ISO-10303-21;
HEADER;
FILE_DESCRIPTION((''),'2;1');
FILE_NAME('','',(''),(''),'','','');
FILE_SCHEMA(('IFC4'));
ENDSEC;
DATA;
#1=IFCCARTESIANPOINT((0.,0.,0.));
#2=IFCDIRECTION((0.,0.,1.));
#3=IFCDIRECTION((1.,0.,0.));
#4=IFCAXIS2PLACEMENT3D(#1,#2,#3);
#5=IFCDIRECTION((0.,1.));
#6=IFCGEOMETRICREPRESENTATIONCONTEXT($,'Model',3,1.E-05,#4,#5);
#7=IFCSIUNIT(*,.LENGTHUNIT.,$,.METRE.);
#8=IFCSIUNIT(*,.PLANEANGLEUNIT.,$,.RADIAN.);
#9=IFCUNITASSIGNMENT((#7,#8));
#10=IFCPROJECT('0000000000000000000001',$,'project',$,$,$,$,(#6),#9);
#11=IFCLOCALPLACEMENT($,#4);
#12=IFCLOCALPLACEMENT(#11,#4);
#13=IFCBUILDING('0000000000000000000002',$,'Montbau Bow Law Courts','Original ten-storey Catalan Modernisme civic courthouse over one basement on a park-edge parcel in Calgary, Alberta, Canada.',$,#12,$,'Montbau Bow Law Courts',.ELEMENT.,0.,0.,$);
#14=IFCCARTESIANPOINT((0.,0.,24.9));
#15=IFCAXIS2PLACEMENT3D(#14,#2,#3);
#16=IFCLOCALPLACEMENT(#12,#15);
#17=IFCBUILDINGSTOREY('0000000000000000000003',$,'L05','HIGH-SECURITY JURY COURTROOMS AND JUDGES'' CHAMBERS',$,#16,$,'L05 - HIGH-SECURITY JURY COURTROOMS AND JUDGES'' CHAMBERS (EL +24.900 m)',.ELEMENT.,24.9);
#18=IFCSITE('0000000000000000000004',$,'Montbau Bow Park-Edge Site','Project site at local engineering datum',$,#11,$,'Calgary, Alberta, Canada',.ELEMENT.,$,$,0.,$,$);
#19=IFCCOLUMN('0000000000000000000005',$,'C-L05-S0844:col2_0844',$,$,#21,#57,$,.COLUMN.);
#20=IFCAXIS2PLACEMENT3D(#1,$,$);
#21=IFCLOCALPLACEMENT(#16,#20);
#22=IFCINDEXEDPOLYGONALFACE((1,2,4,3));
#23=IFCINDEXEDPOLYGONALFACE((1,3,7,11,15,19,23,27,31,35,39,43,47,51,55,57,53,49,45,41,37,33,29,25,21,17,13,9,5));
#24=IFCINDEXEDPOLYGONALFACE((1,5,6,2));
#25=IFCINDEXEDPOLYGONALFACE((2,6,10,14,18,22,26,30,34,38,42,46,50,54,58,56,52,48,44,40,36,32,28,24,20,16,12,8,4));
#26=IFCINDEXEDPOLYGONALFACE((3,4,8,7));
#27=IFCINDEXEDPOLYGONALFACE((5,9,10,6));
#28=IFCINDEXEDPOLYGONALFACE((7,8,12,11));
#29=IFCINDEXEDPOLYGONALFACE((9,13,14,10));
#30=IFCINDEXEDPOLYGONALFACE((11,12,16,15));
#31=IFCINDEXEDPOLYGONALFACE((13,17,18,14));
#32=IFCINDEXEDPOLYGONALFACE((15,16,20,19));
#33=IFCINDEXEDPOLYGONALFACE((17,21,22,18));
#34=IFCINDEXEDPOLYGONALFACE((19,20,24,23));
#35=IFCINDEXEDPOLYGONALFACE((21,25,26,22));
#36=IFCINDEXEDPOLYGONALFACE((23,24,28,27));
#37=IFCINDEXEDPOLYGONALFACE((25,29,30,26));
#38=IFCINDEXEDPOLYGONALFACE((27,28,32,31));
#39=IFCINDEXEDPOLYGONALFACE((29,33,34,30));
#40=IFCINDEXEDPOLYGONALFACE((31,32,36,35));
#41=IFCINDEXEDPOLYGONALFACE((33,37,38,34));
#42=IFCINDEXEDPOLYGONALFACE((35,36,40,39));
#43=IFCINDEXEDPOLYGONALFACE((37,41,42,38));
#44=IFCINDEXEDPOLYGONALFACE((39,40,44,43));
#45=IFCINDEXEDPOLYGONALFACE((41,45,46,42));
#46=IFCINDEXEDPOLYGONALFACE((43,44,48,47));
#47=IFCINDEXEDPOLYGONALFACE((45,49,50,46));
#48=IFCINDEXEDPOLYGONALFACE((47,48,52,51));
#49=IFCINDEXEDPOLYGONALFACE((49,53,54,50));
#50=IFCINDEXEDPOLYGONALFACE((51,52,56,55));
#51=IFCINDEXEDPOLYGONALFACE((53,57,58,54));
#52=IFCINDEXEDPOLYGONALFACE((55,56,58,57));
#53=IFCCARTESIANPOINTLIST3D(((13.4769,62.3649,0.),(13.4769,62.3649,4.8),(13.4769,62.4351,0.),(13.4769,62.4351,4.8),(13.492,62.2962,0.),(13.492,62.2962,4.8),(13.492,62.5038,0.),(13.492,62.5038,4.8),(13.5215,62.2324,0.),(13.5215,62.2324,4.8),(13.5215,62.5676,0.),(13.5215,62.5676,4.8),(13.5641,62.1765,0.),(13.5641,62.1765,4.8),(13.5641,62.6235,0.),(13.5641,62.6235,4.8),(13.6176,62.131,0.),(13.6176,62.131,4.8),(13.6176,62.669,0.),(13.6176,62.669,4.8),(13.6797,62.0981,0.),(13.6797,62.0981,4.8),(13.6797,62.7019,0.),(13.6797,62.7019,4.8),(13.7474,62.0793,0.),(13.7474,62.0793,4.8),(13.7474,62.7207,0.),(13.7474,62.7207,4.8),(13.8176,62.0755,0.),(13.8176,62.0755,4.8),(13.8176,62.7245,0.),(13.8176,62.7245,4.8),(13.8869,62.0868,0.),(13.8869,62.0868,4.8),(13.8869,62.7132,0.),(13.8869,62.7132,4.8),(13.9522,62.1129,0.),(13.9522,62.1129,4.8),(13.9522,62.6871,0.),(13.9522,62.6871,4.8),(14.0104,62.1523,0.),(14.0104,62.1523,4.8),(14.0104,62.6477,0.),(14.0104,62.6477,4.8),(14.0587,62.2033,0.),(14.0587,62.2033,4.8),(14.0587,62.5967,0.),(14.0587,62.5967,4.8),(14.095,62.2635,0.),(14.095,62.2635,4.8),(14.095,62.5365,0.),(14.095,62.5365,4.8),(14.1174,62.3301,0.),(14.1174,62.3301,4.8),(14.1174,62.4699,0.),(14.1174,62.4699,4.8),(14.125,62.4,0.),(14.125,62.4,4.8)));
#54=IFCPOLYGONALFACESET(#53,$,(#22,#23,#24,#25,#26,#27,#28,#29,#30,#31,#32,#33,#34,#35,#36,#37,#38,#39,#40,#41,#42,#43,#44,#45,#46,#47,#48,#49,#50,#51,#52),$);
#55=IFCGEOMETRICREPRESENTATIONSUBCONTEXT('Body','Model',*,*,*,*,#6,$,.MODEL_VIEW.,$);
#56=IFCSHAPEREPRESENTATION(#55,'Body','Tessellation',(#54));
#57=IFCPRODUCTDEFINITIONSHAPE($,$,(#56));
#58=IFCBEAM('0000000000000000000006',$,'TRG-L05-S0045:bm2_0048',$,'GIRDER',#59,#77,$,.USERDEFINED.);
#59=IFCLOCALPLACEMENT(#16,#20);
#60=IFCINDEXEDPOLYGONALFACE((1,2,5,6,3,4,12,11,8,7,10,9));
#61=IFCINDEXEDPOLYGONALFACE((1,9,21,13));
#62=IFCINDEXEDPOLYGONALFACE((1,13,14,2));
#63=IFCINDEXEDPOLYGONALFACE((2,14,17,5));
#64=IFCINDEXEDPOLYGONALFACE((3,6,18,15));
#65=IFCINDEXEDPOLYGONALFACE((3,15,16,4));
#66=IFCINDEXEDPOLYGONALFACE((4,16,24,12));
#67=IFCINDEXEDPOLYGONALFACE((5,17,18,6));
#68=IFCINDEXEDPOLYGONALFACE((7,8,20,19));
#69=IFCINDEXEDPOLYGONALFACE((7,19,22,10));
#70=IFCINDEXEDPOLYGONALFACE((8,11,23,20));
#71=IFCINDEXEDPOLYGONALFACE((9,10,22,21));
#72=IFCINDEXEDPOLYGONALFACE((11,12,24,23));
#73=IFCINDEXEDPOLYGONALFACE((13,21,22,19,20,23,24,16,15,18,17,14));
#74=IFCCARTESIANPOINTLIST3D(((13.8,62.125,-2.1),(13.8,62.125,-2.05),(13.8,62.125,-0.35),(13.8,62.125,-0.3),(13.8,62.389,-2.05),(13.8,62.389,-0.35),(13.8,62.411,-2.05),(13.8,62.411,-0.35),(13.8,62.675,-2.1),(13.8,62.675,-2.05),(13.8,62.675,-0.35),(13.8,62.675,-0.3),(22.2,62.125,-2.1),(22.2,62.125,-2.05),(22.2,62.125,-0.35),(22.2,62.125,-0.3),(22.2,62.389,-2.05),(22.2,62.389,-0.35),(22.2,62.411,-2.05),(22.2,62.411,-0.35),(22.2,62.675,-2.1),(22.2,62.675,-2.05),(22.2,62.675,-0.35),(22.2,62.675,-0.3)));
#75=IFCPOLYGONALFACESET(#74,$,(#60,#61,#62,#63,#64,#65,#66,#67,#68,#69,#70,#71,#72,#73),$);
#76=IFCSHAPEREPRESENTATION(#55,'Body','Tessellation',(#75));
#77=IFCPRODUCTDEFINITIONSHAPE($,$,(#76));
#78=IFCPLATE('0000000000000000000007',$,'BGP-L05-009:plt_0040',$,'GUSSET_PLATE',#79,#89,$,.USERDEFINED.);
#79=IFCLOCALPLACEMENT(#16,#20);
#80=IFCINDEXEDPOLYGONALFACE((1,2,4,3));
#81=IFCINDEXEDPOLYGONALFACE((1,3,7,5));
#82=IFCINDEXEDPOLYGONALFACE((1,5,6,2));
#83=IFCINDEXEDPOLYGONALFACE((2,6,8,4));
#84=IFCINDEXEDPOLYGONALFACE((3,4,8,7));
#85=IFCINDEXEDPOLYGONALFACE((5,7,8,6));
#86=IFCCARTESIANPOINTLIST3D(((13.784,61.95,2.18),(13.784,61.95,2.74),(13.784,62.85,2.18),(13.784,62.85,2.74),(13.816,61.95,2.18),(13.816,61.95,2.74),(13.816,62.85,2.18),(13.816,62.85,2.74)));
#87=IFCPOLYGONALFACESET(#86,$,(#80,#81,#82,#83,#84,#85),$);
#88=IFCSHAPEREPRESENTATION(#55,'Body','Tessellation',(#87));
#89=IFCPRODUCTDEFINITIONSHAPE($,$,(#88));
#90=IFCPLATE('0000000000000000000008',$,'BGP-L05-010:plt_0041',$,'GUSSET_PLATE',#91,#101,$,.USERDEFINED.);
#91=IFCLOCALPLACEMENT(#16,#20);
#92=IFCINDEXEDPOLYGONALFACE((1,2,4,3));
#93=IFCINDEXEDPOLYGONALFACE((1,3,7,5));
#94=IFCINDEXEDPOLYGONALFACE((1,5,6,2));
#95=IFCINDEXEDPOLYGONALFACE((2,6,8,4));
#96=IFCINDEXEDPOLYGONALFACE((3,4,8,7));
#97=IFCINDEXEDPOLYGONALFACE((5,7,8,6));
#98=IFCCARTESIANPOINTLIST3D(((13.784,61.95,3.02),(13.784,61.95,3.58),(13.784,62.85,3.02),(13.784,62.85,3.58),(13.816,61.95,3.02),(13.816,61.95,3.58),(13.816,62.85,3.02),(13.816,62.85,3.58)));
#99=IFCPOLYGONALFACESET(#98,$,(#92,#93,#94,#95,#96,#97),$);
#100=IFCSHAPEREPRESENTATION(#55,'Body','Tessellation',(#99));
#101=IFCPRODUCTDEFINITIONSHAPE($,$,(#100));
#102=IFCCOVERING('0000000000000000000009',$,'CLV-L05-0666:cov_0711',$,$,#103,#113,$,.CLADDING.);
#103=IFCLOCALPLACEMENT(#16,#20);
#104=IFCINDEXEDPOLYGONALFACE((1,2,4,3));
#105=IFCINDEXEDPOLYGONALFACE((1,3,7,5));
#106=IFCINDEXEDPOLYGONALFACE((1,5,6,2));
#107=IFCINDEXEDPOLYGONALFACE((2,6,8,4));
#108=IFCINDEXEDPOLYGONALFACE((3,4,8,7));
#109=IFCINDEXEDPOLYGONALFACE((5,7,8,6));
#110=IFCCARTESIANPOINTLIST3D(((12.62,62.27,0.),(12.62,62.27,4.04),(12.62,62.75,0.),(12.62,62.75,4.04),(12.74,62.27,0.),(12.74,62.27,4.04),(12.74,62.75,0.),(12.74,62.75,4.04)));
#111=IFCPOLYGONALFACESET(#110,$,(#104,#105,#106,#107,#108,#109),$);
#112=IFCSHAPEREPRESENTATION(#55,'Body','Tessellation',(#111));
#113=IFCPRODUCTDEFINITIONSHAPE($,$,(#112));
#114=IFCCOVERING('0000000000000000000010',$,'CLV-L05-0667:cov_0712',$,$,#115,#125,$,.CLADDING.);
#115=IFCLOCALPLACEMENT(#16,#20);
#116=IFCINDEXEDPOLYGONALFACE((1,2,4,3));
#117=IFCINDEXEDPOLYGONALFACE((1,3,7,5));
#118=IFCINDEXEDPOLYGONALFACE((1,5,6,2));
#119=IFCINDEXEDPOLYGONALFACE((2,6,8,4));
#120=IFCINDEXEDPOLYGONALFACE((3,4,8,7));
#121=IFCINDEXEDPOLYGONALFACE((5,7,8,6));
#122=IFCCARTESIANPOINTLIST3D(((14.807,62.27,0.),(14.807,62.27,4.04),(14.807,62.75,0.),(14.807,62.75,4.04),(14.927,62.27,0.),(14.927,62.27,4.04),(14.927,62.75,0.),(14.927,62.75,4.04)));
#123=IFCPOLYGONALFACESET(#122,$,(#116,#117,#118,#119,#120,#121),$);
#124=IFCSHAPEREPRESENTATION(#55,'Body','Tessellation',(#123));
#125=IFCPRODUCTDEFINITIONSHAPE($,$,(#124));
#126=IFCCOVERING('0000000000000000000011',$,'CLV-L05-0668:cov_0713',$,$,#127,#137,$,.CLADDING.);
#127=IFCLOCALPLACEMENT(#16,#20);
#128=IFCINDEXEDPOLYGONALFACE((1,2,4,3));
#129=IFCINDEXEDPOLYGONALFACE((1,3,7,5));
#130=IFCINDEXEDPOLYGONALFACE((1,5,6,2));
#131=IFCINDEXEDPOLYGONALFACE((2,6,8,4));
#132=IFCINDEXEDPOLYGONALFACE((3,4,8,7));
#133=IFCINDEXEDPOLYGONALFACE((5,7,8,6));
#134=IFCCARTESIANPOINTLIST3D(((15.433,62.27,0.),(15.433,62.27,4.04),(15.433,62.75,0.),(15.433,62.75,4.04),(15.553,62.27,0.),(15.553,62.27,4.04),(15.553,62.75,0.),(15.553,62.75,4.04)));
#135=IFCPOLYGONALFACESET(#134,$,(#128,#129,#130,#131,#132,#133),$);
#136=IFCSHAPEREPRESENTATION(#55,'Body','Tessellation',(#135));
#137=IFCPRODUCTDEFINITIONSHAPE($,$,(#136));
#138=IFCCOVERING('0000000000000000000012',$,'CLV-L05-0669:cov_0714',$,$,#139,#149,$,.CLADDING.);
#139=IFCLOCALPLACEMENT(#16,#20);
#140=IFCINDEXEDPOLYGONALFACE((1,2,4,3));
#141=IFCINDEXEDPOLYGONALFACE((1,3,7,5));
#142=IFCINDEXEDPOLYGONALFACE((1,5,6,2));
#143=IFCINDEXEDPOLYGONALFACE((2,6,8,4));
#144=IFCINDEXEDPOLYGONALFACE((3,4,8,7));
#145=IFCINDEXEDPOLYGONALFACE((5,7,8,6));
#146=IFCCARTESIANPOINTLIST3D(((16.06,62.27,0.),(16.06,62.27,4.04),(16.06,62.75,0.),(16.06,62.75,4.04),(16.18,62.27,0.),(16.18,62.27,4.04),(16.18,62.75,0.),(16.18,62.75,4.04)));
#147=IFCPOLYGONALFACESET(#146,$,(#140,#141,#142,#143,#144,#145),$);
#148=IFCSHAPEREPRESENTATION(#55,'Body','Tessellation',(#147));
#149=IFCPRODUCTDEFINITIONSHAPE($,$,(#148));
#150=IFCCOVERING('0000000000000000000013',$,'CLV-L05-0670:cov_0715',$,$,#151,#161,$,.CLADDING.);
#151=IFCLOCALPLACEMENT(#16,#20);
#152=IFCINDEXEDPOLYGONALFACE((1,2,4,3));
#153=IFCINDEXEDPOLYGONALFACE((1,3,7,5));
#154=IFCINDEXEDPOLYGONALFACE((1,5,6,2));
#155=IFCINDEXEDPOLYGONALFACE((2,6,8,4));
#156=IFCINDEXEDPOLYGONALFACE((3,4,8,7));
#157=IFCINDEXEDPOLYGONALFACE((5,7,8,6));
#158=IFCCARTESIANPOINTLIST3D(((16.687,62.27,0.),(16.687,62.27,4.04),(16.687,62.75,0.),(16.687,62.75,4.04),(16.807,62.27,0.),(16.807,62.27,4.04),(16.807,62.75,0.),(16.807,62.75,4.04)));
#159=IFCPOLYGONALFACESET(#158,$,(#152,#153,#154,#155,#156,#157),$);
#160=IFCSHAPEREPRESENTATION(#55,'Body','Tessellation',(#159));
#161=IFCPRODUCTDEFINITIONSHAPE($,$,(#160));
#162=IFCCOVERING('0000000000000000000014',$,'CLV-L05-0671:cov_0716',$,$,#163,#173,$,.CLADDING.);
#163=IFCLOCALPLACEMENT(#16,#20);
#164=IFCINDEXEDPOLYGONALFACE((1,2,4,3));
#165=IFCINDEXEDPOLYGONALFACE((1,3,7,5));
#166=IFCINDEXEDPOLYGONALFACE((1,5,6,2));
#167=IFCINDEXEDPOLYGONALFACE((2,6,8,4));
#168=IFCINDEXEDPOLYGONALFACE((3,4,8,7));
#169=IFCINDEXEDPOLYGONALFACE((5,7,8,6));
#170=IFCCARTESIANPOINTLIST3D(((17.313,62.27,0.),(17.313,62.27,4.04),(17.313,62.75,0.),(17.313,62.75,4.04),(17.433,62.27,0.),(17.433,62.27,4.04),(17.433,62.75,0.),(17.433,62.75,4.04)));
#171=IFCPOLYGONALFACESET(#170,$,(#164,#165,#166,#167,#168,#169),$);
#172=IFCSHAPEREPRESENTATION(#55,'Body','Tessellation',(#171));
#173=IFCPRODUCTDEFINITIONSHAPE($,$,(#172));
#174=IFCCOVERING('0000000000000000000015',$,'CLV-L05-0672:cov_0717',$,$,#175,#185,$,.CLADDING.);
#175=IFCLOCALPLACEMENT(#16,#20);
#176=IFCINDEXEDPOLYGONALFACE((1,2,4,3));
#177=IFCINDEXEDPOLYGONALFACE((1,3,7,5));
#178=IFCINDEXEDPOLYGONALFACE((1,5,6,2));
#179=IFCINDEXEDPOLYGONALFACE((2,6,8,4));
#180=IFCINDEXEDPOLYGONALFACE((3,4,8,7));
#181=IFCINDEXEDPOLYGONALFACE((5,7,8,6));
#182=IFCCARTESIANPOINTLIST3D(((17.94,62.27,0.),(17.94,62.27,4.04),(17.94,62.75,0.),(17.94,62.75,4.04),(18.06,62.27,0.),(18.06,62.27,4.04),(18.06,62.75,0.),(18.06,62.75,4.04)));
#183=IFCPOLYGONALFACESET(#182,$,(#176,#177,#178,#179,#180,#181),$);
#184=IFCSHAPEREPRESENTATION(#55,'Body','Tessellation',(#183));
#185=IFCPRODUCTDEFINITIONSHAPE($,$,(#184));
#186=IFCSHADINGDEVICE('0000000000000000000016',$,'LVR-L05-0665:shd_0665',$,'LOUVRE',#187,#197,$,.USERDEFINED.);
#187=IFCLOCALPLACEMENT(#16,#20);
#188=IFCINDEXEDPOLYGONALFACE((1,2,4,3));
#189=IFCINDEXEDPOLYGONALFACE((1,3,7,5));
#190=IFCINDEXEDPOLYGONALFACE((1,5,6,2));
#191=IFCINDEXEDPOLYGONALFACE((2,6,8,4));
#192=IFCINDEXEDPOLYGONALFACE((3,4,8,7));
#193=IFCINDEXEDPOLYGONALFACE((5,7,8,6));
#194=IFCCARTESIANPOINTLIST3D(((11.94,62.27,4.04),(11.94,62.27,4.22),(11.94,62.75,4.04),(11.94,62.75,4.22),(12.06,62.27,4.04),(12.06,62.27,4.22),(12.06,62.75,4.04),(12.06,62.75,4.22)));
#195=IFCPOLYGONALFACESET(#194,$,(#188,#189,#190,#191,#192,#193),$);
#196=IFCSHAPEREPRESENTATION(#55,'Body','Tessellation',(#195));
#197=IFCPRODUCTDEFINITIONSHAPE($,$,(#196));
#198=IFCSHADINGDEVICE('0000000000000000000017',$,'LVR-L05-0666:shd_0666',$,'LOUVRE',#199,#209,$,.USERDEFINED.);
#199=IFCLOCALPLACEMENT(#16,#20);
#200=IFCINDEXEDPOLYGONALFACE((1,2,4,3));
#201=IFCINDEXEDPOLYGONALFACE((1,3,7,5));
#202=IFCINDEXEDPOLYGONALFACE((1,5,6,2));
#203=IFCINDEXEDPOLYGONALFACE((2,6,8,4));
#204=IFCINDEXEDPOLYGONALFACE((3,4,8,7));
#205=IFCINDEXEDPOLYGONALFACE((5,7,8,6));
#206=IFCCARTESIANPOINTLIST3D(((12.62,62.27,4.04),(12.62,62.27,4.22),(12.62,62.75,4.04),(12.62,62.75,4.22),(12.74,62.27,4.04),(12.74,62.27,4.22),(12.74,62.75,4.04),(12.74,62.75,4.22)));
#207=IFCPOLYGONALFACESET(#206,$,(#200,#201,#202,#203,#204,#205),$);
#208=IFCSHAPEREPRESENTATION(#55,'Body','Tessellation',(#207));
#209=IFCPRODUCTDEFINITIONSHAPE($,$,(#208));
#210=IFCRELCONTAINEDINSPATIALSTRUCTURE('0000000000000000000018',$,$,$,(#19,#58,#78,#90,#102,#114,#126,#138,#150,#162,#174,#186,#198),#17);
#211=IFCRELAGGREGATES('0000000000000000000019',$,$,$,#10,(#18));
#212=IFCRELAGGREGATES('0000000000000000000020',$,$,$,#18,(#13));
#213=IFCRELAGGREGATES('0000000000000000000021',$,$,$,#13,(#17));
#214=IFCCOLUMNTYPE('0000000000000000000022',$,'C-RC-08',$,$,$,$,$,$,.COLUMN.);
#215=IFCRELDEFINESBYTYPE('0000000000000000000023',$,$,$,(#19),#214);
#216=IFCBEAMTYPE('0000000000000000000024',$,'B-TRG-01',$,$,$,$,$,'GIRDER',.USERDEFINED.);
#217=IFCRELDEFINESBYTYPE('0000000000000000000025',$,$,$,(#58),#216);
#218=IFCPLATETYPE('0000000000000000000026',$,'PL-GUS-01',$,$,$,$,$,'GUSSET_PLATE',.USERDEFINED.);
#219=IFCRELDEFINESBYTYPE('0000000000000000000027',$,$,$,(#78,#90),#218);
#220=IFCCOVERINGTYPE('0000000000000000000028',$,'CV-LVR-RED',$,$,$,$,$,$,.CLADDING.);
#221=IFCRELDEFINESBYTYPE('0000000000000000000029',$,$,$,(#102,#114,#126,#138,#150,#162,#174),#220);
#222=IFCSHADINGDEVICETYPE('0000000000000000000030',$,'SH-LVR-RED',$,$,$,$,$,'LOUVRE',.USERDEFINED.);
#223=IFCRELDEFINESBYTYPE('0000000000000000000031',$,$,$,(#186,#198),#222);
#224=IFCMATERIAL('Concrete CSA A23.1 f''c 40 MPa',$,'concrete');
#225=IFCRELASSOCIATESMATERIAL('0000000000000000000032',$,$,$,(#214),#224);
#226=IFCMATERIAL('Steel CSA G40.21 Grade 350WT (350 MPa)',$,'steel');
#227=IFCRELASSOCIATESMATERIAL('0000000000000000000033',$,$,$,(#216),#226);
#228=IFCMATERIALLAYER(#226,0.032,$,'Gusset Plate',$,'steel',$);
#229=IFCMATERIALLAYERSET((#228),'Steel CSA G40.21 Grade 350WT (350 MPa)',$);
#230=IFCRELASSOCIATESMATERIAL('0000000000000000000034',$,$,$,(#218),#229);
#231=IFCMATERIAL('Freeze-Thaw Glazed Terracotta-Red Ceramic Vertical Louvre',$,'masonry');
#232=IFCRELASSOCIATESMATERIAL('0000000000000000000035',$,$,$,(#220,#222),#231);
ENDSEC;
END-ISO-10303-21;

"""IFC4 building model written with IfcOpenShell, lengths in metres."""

from ifc_helpers import new_model, si_unit, direction, frame, frame_2d, origin_with_axes, origin_2d_with_axis, place, context, subcontext, project, spatial, rectangle, circle, i_section, extrude, material, layer, layer_set, material_profile, profile_set, type_object, element, save


model = new_model("IFC4")

# Units and contexts
model_context = context("Model", 3, precision=1e-05, world=origin_with_axes(), true_north=direction((0.0, 1.0)))
body_context = subcontext(model_context, "Body", "Model", "MODEL_VIEW")
ifc_project = project(units=[si_unit("LENGTHUNIT", "METRE"), si_unit("PLANEANGLEUNIT", "RADIAN")], contexts=[model_context])

# Site, building, storey
site_placement = place(None, origin_with_axes())
site = spatial("IfcSite", under=ifc_project, at=site_placement, Name="Montbau Bow Park-Edge Site", Description="Project site at local engineering datum", LongName="Calgary, Alberta, Canada", CompositionType="ELEMENT", RefElevation=0.0)
building_placement = place(site_placement, origin_with_axes())
building = spatial("IfcBuilding", under=site, at=building_placement, Name="Montbau Bow Law Courts", Description="Original ten-storey Catalan Modernisme civic courthouse over one basement on a park-edge parcel in Calgary, Alberta, Canada.", LongName="Montbau Bow Law Courts", CompositionType="ELEMENT", ElevationOfRefHeight=0.0, ElevationOfTerrain=0.0)
storey_placement = place(building_placement, frame((0.0, 0.0, 24.9), z_axis=(0.0, 0.0, 1.0), x_axis=(1.0, 0.0, 0.0)))
storey = spatial("IfcBuildingStorey", under=building, at=storey_placement, Name="L05", Description="HIGH-SECURITY JURY COURTROOMS AND JUDGES' CHAMBERS", LongName="L05 - HIGH-SECURITY JURY COURTROOMS AND JUDGES' CHAMBERS (EL +24.900 m)", CompositionType="ELEMENT", Elevation=24.9)

# Column
ifc_material_1 = material(Name="Concrete CSA A23.1 f'c 40 MPa", Category="concrete")
ifc_material_profile_1 = material_profile(ifc_material_1, circle(Radius=0.325, at=origin_2d_with_axis()), Name="RC650D", Category="Main", Priority=0)
ifc_profile_set_1 = profile_set([ifc_material_profile_1], Name="Concrete CSA A23.1 f'c 40 MPa")
column_type = type_object("IfcColumnType", Name="C-RC-08", PredefinedType="COLUMN", material=ifc_profile_set_1)
column_placement = place(None, frame((13.8, 62.4, 24.9), z_axis=(0.0, 0.0, 1.0), x_axis=(1.0, 0.0, 0.0)))
element("IfcColumn", 1, at=column_placement, inside=storey, type_object=column_type, Name="C-L05-S0844:col2_0844", PredefinedType="COLUMN", context=body_context, shape_type="SweptSolid", body=[
    extrude(circle(Radius=0.325, at=origin_2d_with_axis()), origin_with_axes(), (0.0, 0.0, 1.0), 4.8),
])

# Beam
ifc_material_2 = material(Name="Steel CSA G40.21 Grade 350WT (350 MPa)", Category="steel")
ifc_material_profile_2 = material_profile(ifc_material_2, i_section(OverallWidth=0.55, OverallDepth=1.8, WebThickness=0.022, FlangeThickness=0.05, at=origin_2d_with_axis()), Name="WWF1800X550", Category="Main", Priority=0)
ifc_profile_set_2 = profile_set([ifc_material_profile_2], Name="Steel CSA G40.21 Grade 350WT (350 MPa)")
beam_type = type_object("IfcBeamType", Name="B-TRG-01", ElementType="GIRDER", PredefinedType="USERDEFINED", material=ifc_profile_set_2)
beam_placement = place(None, frame((13.8, 62.4, 23.7), z_axis=(1.0, 0.0, 0.0), x_axis=(0.0, 1.0, 0.0)))
element("IfcBeam", 2, at=beam_placement, inside=storey, type_object=beam_type, Name="TRG-L05-S0045:bm2_0048", ObjectType="GIRDER", PredefinedType="USERDEFINED", context=body_context, shape_type="SweptSolid", body=[
    extrude(i_section(OverallWidth=0.55, OverallDepth=1.8, WebThickness=0.022, FlangeThickness=0.05, at=origin_2d_with_axis()), origin_with_axes(), (0.0, 0.0, 1.0), 8.4),
])

# Plates
ifc_layer = layer(ifc_material_2, 0.032, Name="Gusset Plate", Category="steel")
ifc_layer_set = layer_set([ifc_layer], Name="Steel CSA G40.21 Grade 350WT (350 MPa)")
plate_type = type_object("IfcPlateType", Name="PL-GUS-01", ElementType="GUSSET_PLATE", PredefinedType="USERDEFINED", material=ifc_layer_set)
for number, where, z_axis, x_axis, name in (
    (3, (13.8, 62.4, 27.08), (0.0, 0.0, 1.0), (0.0, 1.0, 0.0), "BGP-L05-009:plt_0040"),
    (4, (13.8, 62.4, 27.92), (0.0, 0.0, 1.0), (0.0, 1.0, 0.0), "BGP-L05-010:plt_0041"),
):
    element("IfcPlate", number, at=place(None, frame(where, z_axis=z_axis, x_axis=x_axis)), inside=storey, type_object=plate_type, Name=name, ObjectType="GUSSET_PLATE", PredefinedType="USERDEFINED", context=body_context, shape_type="SweptSolid", body=[
        extrude(rectangle(XDim=0.9, YDim=0.032, at=origin_2d_with_axis()), origin_with_axes(), (0.0, 0.0, 1.0), 0.56),
    ])

# Coverings
ifc_material_3 = material(Name="Freeze-Thaw Glazed Terracotta-Red Ceramic Vertical Louvre", Category="masonry")
covering_type = type_object("IfcCoveringType", Name="CV-LVR-RED", PredefinedType="CLADDING", material=ifc_material_3)
for number, where, z_axis, x_axis, name in (
    (5, (12.68, 62.27, 24.9), (1.0, 0.0, 0.0), (0.0, 1.0, 0.0), "CLV-L05-0666:cov_0711"),
    (6, (14.867, 62.27, 24.9), (1.0, 0.0, 0.0), (0.0, 1.0, 0.0), "CLV-L05-0667:cov_0712"),
    (7, (15.493, 62.27, 24.9), (1.0, 0.0, 0.0), (0.0, 1.0, 0.0), "CLV-L05-0668:cov_0713"),
    (8, (16.12, 62.27, 24.9), (1.0, 0.0, 0.0), (0.0, 1.0, 0.0), "CLV-L05-0669:cov_0714"),
    (9, (16.747, 62.27, 24.9), (1.0, 0.0, 0.0), (0.0, 1.0, 0.0), "CLV-L05-0670:cov_0715"),
    (10, (17.373, 62.27, 24.9), (1.0, 0.0, 0.0), (0.0, 1.0, 0.0), "CLV-L05-0671:cov_0716"),
    (11, (18.0, 62.27, 24.9), (1.0, 0.0, 0.0), (0.0, 1.0, 0.0), "CLV-L05-0672:cov_0717"),
):
    element("IfcCovering", number, at=place(None, frame(where, z_axis=z_axis, x_axis=x_axis)), inside=storey, type_object=covering_type, Name=name, PredefinedType="CLADDING", context=body_context, shape_type="SweptSolid", body=[
        extrude(rectangle(XDim=0.48, YDim=4.04, at=frame_2d((0.24, 2.02), x_axis=(1.0, 0.0))), frame((0.0, 0.0, -0.06), z_axis=(0.0, 0.0, 1.0), x_axis=(1.0, 0.0, 0.0)), (0.0, 0.0, 1.0), 0.12),
    ])

# Shading devices
shading_device_type = type_object("IfcShadingDeviceType", Name="SH-LVR-RED", ElementType="LOUVRE", PredefinedType="USERDEFINED", material=ifc_material_3)
for number, where, z_axis, x_axis, name in (
    (12, (12.0, 62.51, 28.94), (0.0, 0.0, 1.0), (0.0, 1.0, 0.0), "LVR-L05-0665:shd_0665"),
    (13, (12.68, 62.51, 28.94), (0.0, 0.0, 1.0), (0.0, 1.0, 0.0), "LVR-L05-0666:shd_0666"),
):
    element("IfcShadingDevice", number, at=place(None, frame(where, z_axis=z_axis, x_axis=x_axis)), inside=storey, type_object=shading_device_type, Name=name, ObjectType="LOUVRE", PredefinedType="USERDEFINED", context=body_context, shape_type="SweptSolid", body=[
        extrude(rectangle(XDim=0.48, YDim=0.12, at=origin_2d_with_axis()), origin_with_axes(), (0.0, 0.0, 1.0), 0.18),
    ])

save(model, "model.ifc")
